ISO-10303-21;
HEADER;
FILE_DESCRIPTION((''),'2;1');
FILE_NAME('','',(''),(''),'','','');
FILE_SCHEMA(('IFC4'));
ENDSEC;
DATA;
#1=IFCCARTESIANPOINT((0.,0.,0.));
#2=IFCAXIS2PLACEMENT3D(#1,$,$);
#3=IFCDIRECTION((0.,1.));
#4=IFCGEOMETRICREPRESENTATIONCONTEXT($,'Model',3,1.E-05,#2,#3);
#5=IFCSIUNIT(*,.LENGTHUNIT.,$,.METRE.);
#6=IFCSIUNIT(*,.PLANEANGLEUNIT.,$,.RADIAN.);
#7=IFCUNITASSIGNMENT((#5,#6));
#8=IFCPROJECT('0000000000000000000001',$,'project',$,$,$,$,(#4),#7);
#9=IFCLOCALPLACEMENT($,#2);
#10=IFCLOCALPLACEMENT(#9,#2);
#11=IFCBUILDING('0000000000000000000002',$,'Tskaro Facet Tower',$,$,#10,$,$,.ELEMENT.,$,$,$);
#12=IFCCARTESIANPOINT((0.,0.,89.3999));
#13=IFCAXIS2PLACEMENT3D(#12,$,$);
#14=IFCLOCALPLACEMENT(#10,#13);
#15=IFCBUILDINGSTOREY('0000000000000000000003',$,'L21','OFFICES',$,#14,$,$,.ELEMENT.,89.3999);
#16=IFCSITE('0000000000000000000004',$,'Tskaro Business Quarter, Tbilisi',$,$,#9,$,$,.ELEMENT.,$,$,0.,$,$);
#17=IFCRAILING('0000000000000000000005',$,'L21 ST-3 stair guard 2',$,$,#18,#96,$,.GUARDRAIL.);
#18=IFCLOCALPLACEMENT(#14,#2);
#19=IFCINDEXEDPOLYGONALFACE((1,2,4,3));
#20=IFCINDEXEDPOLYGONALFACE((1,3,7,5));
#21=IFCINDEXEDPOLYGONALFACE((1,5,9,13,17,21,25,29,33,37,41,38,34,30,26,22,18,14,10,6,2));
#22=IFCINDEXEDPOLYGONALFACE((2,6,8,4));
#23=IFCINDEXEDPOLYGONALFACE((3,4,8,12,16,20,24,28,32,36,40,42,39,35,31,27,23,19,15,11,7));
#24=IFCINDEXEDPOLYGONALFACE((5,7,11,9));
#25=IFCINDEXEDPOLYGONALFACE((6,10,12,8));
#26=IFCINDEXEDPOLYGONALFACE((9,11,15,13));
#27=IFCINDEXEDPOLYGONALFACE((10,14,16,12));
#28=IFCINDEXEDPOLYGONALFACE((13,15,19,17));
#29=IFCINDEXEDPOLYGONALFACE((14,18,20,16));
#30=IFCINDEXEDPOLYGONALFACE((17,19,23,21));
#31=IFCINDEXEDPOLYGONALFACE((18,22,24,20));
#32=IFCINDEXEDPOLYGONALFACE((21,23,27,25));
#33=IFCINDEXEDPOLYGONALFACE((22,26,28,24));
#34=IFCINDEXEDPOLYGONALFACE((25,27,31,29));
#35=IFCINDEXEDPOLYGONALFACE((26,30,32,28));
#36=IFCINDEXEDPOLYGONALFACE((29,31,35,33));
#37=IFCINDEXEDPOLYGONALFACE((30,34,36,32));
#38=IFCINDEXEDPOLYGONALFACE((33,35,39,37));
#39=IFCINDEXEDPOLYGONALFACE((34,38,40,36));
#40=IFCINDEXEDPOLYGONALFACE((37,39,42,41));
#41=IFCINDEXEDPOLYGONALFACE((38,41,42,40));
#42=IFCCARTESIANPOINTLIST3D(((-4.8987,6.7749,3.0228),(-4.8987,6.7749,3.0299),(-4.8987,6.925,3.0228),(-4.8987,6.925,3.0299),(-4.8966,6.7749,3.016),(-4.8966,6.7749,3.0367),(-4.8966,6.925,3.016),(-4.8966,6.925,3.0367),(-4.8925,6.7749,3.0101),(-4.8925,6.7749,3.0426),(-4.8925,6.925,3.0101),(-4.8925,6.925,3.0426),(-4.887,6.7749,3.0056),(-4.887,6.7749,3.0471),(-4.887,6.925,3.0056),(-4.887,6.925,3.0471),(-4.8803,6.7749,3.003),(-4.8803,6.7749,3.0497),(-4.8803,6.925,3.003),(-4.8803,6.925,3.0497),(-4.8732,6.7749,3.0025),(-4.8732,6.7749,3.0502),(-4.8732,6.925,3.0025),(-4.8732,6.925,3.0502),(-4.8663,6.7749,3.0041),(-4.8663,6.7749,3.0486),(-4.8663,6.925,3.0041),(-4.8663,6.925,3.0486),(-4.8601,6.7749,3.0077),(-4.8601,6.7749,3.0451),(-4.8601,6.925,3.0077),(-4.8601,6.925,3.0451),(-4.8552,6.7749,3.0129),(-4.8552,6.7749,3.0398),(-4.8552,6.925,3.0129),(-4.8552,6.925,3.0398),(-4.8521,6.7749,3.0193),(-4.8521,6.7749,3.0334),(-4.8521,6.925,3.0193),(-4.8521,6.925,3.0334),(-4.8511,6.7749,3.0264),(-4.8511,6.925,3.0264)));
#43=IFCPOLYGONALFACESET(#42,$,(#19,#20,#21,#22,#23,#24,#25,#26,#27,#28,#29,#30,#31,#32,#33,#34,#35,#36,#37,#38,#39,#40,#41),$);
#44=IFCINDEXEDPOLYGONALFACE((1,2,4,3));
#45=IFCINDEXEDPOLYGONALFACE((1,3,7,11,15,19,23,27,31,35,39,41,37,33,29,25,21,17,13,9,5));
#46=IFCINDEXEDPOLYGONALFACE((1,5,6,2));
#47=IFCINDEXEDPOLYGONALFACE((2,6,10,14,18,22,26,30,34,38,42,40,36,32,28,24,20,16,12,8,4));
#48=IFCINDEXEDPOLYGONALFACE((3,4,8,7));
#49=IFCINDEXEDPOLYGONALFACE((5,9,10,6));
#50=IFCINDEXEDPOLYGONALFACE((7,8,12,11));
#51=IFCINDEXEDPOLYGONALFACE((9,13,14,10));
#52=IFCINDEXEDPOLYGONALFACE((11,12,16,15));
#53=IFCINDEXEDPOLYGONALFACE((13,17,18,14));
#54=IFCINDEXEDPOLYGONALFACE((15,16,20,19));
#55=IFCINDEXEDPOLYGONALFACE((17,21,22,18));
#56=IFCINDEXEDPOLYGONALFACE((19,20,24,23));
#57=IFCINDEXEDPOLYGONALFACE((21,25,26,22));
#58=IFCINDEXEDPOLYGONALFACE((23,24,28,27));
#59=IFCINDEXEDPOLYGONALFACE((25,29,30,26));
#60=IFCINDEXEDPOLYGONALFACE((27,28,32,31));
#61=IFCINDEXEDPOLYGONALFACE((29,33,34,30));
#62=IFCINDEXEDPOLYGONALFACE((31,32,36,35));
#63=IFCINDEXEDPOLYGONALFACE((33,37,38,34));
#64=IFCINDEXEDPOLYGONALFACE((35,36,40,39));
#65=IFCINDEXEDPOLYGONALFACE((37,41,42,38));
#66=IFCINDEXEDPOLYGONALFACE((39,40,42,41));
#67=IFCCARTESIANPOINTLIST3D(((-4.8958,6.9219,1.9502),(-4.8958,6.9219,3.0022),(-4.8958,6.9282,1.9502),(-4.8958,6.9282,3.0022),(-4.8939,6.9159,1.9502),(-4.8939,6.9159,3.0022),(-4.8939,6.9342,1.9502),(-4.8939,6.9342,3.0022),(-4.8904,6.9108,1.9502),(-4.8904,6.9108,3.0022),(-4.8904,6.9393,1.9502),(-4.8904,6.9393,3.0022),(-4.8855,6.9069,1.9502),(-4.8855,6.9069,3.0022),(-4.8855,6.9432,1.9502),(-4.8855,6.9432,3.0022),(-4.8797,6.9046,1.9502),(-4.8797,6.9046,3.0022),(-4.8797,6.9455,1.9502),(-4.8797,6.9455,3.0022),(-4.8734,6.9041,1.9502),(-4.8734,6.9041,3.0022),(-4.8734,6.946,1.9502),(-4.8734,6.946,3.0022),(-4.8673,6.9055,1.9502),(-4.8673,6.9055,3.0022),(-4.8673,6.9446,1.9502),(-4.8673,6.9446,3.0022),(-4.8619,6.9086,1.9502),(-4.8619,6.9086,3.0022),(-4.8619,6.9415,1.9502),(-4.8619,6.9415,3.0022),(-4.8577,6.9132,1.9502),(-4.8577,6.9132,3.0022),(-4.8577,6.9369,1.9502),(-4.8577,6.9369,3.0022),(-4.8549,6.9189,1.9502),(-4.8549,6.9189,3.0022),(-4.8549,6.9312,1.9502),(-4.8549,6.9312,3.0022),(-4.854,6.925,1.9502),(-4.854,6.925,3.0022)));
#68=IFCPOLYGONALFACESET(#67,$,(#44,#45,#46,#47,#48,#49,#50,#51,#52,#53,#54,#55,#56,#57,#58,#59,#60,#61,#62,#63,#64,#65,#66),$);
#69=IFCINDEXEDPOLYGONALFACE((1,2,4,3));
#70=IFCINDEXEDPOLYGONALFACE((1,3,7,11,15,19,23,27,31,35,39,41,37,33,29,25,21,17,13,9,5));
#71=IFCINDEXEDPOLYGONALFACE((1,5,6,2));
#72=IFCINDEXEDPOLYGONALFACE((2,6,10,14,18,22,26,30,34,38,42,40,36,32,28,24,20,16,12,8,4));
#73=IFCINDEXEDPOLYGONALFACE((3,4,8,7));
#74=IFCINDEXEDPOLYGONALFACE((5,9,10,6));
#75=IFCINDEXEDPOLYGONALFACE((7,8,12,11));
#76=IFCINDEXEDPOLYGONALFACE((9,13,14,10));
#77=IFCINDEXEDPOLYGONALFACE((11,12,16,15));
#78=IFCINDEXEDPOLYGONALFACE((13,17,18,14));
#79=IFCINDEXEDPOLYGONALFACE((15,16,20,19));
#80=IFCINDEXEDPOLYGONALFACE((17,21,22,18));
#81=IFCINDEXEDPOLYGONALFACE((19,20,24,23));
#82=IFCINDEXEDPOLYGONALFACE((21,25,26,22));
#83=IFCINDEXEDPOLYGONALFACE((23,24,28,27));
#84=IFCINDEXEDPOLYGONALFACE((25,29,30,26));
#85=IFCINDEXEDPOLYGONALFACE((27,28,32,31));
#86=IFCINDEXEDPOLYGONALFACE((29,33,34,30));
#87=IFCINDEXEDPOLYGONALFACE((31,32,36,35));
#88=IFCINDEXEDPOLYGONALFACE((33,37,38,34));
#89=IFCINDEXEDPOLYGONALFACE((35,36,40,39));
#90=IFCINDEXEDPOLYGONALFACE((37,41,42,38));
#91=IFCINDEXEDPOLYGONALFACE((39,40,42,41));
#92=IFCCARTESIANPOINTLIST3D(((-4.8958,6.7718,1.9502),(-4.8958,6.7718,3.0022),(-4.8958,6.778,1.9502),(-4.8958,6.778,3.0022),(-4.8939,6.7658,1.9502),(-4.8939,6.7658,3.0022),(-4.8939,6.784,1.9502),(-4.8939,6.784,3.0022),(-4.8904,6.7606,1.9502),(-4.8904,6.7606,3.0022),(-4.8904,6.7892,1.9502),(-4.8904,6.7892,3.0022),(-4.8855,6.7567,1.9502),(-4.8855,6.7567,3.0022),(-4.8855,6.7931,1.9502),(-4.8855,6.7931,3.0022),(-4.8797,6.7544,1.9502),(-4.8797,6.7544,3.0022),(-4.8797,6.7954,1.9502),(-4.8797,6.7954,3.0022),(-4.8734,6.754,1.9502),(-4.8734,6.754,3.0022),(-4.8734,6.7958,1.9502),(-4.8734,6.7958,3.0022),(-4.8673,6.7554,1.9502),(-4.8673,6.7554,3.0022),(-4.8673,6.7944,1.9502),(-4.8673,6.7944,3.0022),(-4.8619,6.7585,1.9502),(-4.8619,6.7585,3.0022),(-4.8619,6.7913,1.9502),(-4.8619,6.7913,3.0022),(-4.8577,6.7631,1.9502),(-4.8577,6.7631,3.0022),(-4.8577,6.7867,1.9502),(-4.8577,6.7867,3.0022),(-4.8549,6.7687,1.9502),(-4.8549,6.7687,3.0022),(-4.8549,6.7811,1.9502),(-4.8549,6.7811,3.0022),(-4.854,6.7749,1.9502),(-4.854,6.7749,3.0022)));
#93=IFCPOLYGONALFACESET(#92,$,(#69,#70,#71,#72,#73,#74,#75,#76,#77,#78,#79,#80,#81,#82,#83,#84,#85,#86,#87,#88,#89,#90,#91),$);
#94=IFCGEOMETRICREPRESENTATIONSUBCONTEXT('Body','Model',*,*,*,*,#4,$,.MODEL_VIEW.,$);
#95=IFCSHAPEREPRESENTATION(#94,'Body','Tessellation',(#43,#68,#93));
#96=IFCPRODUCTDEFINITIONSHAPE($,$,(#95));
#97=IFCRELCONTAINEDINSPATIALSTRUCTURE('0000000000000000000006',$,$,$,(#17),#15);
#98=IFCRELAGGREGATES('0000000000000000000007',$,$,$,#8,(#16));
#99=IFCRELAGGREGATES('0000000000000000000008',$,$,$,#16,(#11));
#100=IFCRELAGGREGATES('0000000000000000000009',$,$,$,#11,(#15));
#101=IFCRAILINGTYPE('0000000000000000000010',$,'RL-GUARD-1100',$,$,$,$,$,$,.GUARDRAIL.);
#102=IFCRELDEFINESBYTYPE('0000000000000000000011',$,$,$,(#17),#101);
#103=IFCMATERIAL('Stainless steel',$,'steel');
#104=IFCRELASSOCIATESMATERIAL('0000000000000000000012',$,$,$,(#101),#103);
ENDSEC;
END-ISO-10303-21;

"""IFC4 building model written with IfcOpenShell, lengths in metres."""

from ifc_helpers import new_model, si_unit, direction, frame, origin, origin_2d, place, context, subcontext, project, spatial, circle, extrude, material, type_object, element, save


model = new_model("IFC4")

# Units and contexts
model_context = context("Model", 3, precision=1e-05, world=origin(), true_north=direction((0.0, 1.0)))
body_context = subcontext(model_context, "Body", "Model", "MODEL_VIEW")
ifc_project = project(units=[si_unit("LENGTHUNIT", "METRE"), si_unit("PLANEANGLEUNIT", "RADIAN")], contexts=[model_context])

# Site, building, storey
site_placement = place(None, origin())
site = spatial("IfcSite", under=ifc_project, at=site_placement, Name="Tskaro Business Quarter, Tbilisi", CompositionType="ELEMENT", RefElevation=0.0)
building_placement = place(site_placement, origin())
building = spatial("IfcBuilding", under=site, at=building_placement, Name="Tskaro Facet Tower", CompositionType="ELEMENT")
storey_placement = place(building_placement, frame((0.0, 0.0, 89.3999)))
storey = spatial("IfcBuildingStorey", under=building, at=storey_placement, Name="L21", Description="OFFICES", CompositionType="ELEMENT", Elevation=89.3999)

# Railing
ifc_material_1 = material(Name="Stainless steel", Category="steel")
railing_type_1 = type_object("IfcRailingType", Name="RL-GUARD-1100", PredefinedType="GUARDRAIL", material=ifc_material_1)
railing_1_placement = place(storey_placement, frame((-4.875, 6.925, 1.9502)))
element("IfcRailing", 1, at=railing_1_placement, inside=storey, type_object=railing_type_1, Name="L21 ST-3 stair guard 2", PredefinedType="GUARDRAIL", context=body_context, shape_type="SweptSolid", body=[
    extrude(circle(Radius=0.0239, at=origin_2d()), frame((0.0, 0.0, 1.0762), z_axis=(0.0, -1.0, 0.0), x_axis=(1.0, 0.0, 0.0)), (0.0, 0.0, 1.0), 0.1501),
    extrude(circle(Radius=0.021, at=origin_2d()), origin(), (0.0, 0.0, 1.0), 1.052),
    extrude(circle(Radius=0.021, at=origin_2d()), frame((0.0, -0.1501, 0.0)), (0.0, 0.0, 1.0), 1.052),
])

save(model, "model.ifc")
